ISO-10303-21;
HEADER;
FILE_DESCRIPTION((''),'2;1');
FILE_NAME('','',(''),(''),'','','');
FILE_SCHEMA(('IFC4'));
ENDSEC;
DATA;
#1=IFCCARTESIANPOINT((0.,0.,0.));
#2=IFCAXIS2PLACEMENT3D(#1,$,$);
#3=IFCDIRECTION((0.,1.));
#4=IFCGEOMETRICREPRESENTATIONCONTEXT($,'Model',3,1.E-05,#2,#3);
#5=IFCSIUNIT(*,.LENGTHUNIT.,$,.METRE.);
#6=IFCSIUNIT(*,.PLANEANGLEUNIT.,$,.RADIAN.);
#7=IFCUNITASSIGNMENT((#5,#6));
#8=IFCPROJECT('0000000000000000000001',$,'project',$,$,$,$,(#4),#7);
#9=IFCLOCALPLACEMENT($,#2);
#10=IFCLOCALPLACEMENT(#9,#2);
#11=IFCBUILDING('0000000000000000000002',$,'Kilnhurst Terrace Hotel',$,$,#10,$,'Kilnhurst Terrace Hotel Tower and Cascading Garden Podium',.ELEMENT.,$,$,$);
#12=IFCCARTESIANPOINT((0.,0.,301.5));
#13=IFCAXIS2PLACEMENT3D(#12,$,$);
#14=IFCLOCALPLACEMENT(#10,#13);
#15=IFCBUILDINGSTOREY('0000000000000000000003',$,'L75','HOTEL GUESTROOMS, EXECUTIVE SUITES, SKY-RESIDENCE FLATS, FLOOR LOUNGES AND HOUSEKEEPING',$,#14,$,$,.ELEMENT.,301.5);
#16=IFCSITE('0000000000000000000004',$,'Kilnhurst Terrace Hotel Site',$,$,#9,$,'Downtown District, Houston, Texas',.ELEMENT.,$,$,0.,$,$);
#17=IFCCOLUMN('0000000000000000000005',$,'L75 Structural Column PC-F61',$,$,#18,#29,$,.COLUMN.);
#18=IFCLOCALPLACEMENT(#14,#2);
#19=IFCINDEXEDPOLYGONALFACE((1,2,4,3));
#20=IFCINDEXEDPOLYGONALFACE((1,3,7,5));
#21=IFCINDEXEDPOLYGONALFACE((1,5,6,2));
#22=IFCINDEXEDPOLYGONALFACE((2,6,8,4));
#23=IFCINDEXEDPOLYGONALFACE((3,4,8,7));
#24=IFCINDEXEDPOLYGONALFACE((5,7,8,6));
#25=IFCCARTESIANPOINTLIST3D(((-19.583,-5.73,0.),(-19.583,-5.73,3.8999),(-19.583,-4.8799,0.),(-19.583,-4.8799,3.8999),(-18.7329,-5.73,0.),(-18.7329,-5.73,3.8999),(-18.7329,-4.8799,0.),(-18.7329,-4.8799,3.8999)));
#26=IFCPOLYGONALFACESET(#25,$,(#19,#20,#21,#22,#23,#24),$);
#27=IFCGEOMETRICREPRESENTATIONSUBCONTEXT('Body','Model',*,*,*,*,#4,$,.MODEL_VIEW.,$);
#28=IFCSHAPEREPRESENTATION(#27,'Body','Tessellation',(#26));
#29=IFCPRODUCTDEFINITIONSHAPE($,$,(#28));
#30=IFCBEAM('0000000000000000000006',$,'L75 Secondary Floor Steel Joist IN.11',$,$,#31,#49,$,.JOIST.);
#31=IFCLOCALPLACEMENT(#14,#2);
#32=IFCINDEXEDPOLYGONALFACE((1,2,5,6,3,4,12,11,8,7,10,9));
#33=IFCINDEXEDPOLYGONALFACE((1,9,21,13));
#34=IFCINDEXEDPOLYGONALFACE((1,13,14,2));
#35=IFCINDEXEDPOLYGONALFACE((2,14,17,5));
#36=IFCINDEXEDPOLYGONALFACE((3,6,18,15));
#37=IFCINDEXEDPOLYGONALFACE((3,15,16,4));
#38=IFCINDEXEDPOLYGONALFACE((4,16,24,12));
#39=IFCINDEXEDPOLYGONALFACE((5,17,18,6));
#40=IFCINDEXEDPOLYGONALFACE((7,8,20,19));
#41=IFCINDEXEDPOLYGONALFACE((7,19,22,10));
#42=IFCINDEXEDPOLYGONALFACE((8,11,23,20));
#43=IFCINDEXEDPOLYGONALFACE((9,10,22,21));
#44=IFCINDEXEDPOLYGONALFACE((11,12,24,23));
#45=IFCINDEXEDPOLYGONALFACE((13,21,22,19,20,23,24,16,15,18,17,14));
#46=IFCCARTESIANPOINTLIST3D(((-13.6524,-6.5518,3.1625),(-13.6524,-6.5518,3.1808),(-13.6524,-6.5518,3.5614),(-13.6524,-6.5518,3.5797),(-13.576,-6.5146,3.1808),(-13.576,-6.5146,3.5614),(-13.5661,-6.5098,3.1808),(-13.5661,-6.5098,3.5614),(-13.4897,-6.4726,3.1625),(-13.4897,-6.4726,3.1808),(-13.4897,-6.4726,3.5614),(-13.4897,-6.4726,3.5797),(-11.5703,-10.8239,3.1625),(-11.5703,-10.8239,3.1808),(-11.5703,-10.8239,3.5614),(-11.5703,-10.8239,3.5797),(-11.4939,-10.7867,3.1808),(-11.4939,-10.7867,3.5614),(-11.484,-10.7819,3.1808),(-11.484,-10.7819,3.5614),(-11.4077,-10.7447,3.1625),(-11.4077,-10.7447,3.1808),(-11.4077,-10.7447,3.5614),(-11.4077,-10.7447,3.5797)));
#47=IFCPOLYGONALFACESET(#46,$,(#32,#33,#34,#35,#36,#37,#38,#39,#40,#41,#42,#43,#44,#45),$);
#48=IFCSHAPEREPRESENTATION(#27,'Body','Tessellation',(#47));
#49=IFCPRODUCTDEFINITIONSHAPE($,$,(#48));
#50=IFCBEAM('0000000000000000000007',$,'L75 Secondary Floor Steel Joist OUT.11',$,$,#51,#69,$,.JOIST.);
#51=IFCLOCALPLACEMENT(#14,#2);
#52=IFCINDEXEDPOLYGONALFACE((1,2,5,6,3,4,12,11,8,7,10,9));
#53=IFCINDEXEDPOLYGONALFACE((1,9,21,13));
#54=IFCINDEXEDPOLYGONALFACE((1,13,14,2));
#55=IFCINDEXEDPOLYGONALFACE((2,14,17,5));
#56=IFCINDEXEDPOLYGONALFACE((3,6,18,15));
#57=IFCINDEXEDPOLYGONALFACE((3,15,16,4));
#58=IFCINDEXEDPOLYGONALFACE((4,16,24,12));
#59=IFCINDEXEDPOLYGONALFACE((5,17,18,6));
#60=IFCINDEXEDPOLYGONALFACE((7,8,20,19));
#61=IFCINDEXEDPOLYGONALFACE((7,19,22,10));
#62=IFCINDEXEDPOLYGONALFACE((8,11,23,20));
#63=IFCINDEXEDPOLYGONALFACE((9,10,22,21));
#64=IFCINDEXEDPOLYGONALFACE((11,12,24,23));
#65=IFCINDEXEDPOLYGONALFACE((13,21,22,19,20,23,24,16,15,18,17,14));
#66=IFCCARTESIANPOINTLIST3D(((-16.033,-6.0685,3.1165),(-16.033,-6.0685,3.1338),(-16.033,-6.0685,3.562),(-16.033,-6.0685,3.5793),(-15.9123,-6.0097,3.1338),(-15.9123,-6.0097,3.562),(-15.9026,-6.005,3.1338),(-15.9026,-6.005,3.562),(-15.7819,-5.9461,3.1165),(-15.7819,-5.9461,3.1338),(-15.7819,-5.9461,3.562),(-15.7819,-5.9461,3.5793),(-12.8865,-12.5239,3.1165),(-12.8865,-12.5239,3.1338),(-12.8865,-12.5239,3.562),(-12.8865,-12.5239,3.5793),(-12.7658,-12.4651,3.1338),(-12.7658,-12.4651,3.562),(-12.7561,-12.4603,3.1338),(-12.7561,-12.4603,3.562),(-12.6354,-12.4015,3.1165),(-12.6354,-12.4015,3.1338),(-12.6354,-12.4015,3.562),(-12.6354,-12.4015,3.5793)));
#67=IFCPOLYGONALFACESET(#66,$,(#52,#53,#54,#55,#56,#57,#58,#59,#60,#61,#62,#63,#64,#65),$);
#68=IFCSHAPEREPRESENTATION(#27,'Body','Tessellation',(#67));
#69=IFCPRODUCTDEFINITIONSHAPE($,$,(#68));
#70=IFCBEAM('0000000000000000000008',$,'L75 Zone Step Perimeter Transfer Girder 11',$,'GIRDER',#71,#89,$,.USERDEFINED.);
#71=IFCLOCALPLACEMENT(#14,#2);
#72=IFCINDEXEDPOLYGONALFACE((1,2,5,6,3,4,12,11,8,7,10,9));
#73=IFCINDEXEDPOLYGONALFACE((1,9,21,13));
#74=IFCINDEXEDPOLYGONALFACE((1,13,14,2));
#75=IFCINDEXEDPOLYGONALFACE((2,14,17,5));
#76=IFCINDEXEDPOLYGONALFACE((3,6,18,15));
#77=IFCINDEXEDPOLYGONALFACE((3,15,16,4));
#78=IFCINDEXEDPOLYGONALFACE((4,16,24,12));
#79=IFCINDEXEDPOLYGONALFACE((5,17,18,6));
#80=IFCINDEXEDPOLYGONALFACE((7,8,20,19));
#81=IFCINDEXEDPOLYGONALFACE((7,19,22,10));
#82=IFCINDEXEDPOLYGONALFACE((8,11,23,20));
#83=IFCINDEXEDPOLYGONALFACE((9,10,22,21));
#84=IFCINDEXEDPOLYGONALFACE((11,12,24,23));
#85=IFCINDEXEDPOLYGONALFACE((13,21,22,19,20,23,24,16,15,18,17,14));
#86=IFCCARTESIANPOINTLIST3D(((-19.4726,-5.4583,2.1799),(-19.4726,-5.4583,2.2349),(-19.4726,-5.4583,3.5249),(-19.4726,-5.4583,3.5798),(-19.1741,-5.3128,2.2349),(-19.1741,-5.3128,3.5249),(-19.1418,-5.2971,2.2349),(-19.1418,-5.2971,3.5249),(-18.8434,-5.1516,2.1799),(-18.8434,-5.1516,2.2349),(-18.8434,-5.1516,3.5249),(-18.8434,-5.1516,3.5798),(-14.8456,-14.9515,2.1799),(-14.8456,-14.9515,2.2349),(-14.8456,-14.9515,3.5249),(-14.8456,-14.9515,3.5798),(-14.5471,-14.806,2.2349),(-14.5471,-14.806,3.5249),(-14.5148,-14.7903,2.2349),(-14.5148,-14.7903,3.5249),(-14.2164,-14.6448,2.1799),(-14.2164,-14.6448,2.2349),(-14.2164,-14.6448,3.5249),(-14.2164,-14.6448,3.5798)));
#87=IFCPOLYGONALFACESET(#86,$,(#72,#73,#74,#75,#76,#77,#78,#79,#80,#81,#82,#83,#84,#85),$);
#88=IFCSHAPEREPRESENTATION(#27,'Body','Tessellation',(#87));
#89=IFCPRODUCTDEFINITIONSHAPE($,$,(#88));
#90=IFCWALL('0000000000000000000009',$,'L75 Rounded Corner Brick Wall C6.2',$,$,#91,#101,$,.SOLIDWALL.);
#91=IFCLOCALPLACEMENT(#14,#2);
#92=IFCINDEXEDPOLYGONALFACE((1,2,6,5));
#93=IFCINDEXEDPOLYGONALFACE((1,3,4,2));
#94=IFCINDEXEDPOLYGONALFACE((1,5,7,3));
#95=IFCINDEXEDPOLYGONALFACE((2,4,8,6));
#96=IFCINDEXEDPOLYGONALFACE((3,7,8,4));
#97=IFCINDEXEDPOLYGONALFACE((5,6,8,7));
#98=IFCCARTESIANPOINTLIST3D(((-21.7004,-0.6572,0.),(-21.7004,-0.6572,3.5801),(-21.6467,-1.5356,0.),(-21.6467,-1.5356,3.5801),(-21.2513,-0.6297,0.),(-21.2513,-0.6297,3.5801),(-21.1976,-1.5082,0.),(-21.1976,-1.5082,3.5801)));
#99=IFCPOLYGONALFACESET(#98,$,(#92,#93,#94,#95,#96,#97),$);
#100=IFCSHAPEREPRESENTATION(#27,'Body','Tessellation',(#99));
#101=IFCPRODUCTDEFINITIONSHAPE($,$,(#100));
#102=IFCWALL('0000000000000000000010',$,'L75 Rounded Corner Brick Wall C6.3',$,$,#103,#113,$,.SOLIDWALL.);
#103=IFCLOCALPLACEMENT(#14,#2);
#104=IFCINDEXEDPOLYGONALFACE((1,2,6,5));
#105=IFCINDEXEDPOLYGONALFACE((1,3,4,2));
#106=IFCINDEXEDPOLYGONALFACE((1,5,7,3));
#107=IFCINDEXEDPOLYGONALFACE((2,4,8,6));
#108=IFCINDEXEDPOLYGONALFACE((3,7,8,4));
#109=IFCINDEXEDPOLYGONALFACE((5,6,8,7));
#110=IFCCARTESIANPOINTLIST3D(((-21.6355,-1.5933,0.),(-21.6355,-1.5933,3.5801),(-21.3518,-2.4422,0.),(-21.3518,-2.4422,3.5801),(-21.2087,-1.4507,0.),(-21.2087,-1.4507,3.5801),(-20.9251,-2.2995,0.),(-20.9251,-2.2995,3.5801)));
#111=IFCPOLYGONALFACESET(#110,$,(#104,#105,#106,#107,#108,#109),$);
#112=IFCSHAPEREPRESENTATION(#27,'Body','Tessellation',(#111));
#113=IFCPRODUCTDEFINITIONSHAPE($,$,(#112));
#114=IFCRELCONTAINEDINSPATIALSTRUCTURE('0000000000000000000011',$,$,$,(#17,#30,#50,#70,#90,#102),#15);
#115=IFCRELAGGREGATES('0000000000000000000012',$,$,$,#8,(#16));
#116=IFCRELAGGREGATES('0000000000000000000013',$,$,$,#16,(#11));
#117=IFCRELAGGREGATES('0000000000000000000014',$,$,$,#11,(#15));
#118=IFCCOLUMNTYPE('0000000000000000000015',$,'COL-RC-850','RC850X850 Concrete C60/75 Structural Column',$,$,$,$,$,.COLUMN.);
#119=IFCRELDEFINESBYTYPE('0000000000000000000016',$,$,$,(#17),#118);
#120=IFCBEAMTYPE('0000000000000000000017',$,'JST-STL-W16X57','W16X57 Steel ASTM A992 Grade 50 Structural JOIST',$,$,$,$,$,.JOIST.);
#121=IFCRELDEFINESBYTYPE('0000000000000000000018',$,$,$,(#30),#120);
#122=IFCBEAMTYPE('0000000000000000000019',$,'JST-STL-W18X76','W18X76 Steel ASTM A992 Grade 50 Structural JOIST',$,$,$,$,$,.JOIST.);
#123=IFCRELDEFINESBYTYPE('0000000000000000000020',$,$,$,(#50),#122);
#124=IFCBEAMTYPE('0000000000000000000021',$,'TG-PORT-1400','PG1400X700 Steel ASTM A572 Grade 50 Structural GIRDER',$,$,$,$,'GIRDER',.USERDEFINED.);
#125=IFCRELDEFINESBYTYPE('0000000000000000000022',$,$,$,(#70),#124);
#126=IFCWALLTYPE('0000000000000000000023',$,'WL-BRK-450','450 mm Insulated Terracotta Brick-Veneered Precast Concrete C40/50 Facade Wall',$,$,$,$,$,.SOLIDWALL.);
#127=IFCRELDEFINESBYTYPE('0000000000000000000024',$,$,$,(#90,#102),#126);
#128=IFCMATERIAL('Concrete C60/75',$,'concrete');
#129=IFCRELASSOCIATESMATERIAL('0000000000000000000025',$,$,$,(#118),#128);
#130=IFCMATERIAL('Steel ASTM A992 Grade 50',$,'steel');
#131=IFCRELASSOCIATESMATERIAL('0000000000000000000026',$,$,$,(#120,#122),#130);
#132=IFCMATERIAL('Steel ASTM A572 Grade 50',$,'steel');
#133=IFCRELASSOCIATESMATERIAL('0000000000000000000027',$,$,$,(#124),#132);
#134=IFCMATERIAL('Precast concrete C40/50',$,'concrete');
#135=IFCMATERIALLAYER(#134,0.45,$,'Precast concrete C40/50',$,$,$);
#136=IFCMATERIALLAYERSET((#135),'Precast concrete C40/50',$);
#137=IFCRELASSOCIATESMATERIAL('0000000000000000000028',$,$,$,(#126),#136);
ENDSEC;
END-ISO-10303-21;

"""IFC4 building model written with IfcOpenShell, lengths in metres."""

from ifc_helpers import new_model, si_unit, direction, frame, frame_2d, origin, origin_2d, place, context, subcontext, project, spatial, rectangle, i_section, extrude, material, layer, layer_set, material_profile, profile_set, type_object, element, save


model = new_model("IFC4")

# Units and contexts
model_context = context("Model", 3, precision=1e-05, world=origin(), true_north=direction((0.0, 1.0)))
body_context = subcontext(model_context, "Body", "Model", "MODEL_VIEW")
ifc_project = project(units=[si_unit("LENGTHUNIT", "METRE"), si_unit("PLANEANGLEUNIT", "RADIAN")], contexts=[model_context])

# Site, building, storey
site_placement = place(None, origin())
site = spatial("IfcSite", under=ifc_project, at=site_placement, Name="Kilnhurst Terrace Hotel Site", LongName="Downtown District, Houston, Texas", CompositionType="ELEMENT", RefElevation=0.0)
building_placement = place(site_placement, origin())
building = spatial("IfcBuilding", under=site, at=building_placement, Name="Kilnhurst Terrace Hotel", LongName="Kilnhurst Terrace Hotel Tower and Cascading Garden Podium", CompositionType="ELEMENT")
storey_placement = place(building_placement, frame((0.0, 0.0, 301.5)))
storey = spatial("IfcBuildingStorey", under=building, at=storey_placement, Name="L75", Description="HOTEL GUESTROOMS, EXECUTIVE SUITES, SKY-RESIDENCE FLATS, FLOOR LOUNGES AND HOUSEKEEPING", CompositionType="ELEMENT", Elevation=301.5)

# Column
ifc_material_1 = material(Name="Concrete C60/75", Category="concrete")
ifc_material_profile_1 = material_profile(ifc_material_1, rectangle(XDim=0.8501, YDim=0.8501, at=origin_2d()), Name="RC850X850")
ifc_profile_set_1 = profile_set([ifc_material_profile_1], Name="Concrete C60/75")
column_type = type_object("IfcColumnType", Name="COL-RC-850", Description="RC850X850 Concrete C60/75 Structural Column", PredefinedType="COLUMN", material=ifc_profile_set_1)
column_placement = place(storey_placement, frame((-19.158, -5.3049, 0.0), z_axis=(0.0, 0.0, 1.0), x_axis=(1.0, 0.0, 0.0)))
element("IfcColumn", 1, at=column_placement, inside=storey, type_object=column_type, Name="L75 Structural Column PC-F61", PredefinedType="COLUMN", context=body_context, shape_type="SweptSolid", body=[
    extrude(rectangle(XDim=0.8501, YDim=0.8501, at=origin_2d()), origin(), (0.0, 0.0, 1.0), 3.8999),
])

# Beams
ifc_material_2 = material(Name="Steel ASTM A992 Grade 50", Category="steel")
ifc_material_profile_2 = material_profile(ifc_material_2, i_section(OverallWidth=0.1809, OverallDepth=0.4172, WebThickness=0.011, FlangeThickness=0.0183, at=origin_2d()), Name="W16X57")
ifc_profile_set_2 = profile_set([ifc_material_profile_2], Name="Steel ASTM A992 Grade 50")
beam_type_1 = type_object("IfcBeamType", Name="JST-STL-W16X57", Description="W16X57 Steel ASTM A992 Grade 50 Structural JOIST", PredefinedType="JOIST", material=ifc_profile_set_2)
beam_1_placement = place(storey_placement, frame((-13.571, -6.5122, 3.3711), z_axis=(0.438108, -0.898922, 0.0), x_axis=(0.898922, 0.438108, 0.0)))
element("IfcBeam", 2, at=beam_1_placement, inside=storey, type_object=beam_type_1, Name="L75 Secondary Floor Steel Joist IN.11", PredefinedType="JOIST", context=body_context, shape_type="SweptSolid", body=[
    extrude(i_section(OverallWidth=0.1809, OverallDepth=0.4172, WebThickness=0.011, FlangeThickness=0.0183, at=origin_2d()), origin(), (0.0, 0.0, 1.0), 4.7524),
])
ifc_material_profile_3 = material_profile(ifc_material_2, i_section(OverallWidth=0.2793, OverallDepth=0.4629, WebThickness=0.0107, FlangeThickness=0.0173, at=origin_2d()), Name="W18X76")
ifc_profile_set_3 = profile_set([ifc_material_profile_3], Name="Steel ASTM A992 Grade 50")
beam_type_2 = type_object("IfcBeamType", Name="JST-STL-W18X76", Description="W18X76 Steel ASTM A992 Grade 50 Structural JOIST", PredefinedType="JOIST", material=ifc_profile_set_3)
beam_2_placement = place(storey_placement, frame((-15.9075, -6.0073, 3.3479), z_axis=(0.438148, -0.898903, 0.0), x_axis=(0.898903, 0.438148, 0.0)))
element("IfcBeam", 3, at=beam_2_placement, inside=storey, type_object=beam_type_2, Name="L75 Secondary Floor Steel Joist OUT.11", PredefinedType="JOIST", context=body_context, shape_type="SweptSolid", body=[
    extrude(i_section(OverallWidth=0.2793, OverallDepth=0.4629, WebThickness=0.0107, FlangeThickness=0.0173, at=origin_2d()), origin(), (0.0, 0.0, 1.0), 7.1814),
])
ifc_material_3 = material(Name="Steel ASTM A572 Grade 50", Category="steel")
ifc_material_profile_4 = material_profile(ifc_material_3, i_section(OverallWidth=0.7, OverallDepth=1.3999, WebThickness=0.0359, FlangeThickness=0.0549, at=origin_2d()), Name="PG1400X700")
ifc_profile_set_4 = profile_set([ifc_material_profile_4], Name="Steel ASTM A572 Grade 50")
beam_type_3 = type_object("IfcBeamType", Name="TG-PORT-1400", Description="PG1400X700 Steel ASTM A572 Grade 50 Structural GIRDER", ElementType="GIRDER", PredefinedType="USERDEFINED", material=ifc_profile_set_4)
beam_3_placement = place(storey_placement, frame((-19.158, -5.3049, 2.8799), z_axis=(0.438128, -0.898912, 0.0), x_axis=(0.898912, 0.438128, 0.0)))
element("IfcBeam", 4, at=beam_3_placement, inside=storey, type_object=beam_type_3, Name="L75 Zone Step Perimeter Transfer Girder 11", ObjectType="GIRDER", PredefinedType="USERDEFINED", context=body_context, shape_type="SweptSolid", body=[
    extrude(i_section(OverallWidth=0.7, OverallDepth=1.3999, WebThickness=0.0359, FlangeThickness=0.0549, at=origin_2d()), origin(), (0.0, 0.0, 1.0), 10.5608),
])

# Walls
ifc_material_4 = material(Name="Precast concrete C40/50", Category="concrete")
ifc_layer_1 = layer(ifc_material_4, 0.45, Name="Precast concrete C40/50")
ifc_layer_set_1 = layer_set([ifc_layer_1], Name="Precast concrete C40/50")
wall_type_1 = type_object("IfcWallType", Name="WL-BRK-450", Description="450 mm Insulated Terracotta Brick-Veneered Precast Concrete C40/50 Facade Wall", PredefinedType="SOLIDWALL", material=ifc_layer_set_1)
wall_1_placement = place(storey_placement, frame((-21.4758, -0.6436, 0.0), z_axis=(0.0, 0.0, 1.0), x_axis=(0.061031, -0.998136, 0.0)))
element("IfcWall", 5, at=wall_1_placement, inside=storey, type_object=wall_type_1, Name="L75 Rounded Corner Brick Wall C6.2", PredefinedType="SOLIDWALL", context=body_context, shape_type="SweptSolid", body=[
    extrude(rectangle(XDim=0.8801, YDim=0.45, at=frame_2d((0.4399, 0.0))), origin(), (0.0, 0.0, 1.0), 3.5801),
])
wall_2_placement = place(storey_placement, frame((-21.4221, -1.522, 0.0), z_axis=(0.0, 0.0, 1.0), x_axis=(0.316964, -0.948438, 0.0)))
element("IfcWall", 6, at=wall_2_placement, inside=storey, type_object=wall_type_1, Name="L75 Rounded Corner Brick Wall C6.3", PredefinedType="SOLIDWALL", context=body_context, shape_type="SweptSolid", body=[
    extrude(rectangle(XDim=0.895, YDim=0.45, at=frame_2d((0.4475, 0.0))), origin(), (0.0, 0.0, 1.0), 3.5801),
])

save(model, "model.ifc")
